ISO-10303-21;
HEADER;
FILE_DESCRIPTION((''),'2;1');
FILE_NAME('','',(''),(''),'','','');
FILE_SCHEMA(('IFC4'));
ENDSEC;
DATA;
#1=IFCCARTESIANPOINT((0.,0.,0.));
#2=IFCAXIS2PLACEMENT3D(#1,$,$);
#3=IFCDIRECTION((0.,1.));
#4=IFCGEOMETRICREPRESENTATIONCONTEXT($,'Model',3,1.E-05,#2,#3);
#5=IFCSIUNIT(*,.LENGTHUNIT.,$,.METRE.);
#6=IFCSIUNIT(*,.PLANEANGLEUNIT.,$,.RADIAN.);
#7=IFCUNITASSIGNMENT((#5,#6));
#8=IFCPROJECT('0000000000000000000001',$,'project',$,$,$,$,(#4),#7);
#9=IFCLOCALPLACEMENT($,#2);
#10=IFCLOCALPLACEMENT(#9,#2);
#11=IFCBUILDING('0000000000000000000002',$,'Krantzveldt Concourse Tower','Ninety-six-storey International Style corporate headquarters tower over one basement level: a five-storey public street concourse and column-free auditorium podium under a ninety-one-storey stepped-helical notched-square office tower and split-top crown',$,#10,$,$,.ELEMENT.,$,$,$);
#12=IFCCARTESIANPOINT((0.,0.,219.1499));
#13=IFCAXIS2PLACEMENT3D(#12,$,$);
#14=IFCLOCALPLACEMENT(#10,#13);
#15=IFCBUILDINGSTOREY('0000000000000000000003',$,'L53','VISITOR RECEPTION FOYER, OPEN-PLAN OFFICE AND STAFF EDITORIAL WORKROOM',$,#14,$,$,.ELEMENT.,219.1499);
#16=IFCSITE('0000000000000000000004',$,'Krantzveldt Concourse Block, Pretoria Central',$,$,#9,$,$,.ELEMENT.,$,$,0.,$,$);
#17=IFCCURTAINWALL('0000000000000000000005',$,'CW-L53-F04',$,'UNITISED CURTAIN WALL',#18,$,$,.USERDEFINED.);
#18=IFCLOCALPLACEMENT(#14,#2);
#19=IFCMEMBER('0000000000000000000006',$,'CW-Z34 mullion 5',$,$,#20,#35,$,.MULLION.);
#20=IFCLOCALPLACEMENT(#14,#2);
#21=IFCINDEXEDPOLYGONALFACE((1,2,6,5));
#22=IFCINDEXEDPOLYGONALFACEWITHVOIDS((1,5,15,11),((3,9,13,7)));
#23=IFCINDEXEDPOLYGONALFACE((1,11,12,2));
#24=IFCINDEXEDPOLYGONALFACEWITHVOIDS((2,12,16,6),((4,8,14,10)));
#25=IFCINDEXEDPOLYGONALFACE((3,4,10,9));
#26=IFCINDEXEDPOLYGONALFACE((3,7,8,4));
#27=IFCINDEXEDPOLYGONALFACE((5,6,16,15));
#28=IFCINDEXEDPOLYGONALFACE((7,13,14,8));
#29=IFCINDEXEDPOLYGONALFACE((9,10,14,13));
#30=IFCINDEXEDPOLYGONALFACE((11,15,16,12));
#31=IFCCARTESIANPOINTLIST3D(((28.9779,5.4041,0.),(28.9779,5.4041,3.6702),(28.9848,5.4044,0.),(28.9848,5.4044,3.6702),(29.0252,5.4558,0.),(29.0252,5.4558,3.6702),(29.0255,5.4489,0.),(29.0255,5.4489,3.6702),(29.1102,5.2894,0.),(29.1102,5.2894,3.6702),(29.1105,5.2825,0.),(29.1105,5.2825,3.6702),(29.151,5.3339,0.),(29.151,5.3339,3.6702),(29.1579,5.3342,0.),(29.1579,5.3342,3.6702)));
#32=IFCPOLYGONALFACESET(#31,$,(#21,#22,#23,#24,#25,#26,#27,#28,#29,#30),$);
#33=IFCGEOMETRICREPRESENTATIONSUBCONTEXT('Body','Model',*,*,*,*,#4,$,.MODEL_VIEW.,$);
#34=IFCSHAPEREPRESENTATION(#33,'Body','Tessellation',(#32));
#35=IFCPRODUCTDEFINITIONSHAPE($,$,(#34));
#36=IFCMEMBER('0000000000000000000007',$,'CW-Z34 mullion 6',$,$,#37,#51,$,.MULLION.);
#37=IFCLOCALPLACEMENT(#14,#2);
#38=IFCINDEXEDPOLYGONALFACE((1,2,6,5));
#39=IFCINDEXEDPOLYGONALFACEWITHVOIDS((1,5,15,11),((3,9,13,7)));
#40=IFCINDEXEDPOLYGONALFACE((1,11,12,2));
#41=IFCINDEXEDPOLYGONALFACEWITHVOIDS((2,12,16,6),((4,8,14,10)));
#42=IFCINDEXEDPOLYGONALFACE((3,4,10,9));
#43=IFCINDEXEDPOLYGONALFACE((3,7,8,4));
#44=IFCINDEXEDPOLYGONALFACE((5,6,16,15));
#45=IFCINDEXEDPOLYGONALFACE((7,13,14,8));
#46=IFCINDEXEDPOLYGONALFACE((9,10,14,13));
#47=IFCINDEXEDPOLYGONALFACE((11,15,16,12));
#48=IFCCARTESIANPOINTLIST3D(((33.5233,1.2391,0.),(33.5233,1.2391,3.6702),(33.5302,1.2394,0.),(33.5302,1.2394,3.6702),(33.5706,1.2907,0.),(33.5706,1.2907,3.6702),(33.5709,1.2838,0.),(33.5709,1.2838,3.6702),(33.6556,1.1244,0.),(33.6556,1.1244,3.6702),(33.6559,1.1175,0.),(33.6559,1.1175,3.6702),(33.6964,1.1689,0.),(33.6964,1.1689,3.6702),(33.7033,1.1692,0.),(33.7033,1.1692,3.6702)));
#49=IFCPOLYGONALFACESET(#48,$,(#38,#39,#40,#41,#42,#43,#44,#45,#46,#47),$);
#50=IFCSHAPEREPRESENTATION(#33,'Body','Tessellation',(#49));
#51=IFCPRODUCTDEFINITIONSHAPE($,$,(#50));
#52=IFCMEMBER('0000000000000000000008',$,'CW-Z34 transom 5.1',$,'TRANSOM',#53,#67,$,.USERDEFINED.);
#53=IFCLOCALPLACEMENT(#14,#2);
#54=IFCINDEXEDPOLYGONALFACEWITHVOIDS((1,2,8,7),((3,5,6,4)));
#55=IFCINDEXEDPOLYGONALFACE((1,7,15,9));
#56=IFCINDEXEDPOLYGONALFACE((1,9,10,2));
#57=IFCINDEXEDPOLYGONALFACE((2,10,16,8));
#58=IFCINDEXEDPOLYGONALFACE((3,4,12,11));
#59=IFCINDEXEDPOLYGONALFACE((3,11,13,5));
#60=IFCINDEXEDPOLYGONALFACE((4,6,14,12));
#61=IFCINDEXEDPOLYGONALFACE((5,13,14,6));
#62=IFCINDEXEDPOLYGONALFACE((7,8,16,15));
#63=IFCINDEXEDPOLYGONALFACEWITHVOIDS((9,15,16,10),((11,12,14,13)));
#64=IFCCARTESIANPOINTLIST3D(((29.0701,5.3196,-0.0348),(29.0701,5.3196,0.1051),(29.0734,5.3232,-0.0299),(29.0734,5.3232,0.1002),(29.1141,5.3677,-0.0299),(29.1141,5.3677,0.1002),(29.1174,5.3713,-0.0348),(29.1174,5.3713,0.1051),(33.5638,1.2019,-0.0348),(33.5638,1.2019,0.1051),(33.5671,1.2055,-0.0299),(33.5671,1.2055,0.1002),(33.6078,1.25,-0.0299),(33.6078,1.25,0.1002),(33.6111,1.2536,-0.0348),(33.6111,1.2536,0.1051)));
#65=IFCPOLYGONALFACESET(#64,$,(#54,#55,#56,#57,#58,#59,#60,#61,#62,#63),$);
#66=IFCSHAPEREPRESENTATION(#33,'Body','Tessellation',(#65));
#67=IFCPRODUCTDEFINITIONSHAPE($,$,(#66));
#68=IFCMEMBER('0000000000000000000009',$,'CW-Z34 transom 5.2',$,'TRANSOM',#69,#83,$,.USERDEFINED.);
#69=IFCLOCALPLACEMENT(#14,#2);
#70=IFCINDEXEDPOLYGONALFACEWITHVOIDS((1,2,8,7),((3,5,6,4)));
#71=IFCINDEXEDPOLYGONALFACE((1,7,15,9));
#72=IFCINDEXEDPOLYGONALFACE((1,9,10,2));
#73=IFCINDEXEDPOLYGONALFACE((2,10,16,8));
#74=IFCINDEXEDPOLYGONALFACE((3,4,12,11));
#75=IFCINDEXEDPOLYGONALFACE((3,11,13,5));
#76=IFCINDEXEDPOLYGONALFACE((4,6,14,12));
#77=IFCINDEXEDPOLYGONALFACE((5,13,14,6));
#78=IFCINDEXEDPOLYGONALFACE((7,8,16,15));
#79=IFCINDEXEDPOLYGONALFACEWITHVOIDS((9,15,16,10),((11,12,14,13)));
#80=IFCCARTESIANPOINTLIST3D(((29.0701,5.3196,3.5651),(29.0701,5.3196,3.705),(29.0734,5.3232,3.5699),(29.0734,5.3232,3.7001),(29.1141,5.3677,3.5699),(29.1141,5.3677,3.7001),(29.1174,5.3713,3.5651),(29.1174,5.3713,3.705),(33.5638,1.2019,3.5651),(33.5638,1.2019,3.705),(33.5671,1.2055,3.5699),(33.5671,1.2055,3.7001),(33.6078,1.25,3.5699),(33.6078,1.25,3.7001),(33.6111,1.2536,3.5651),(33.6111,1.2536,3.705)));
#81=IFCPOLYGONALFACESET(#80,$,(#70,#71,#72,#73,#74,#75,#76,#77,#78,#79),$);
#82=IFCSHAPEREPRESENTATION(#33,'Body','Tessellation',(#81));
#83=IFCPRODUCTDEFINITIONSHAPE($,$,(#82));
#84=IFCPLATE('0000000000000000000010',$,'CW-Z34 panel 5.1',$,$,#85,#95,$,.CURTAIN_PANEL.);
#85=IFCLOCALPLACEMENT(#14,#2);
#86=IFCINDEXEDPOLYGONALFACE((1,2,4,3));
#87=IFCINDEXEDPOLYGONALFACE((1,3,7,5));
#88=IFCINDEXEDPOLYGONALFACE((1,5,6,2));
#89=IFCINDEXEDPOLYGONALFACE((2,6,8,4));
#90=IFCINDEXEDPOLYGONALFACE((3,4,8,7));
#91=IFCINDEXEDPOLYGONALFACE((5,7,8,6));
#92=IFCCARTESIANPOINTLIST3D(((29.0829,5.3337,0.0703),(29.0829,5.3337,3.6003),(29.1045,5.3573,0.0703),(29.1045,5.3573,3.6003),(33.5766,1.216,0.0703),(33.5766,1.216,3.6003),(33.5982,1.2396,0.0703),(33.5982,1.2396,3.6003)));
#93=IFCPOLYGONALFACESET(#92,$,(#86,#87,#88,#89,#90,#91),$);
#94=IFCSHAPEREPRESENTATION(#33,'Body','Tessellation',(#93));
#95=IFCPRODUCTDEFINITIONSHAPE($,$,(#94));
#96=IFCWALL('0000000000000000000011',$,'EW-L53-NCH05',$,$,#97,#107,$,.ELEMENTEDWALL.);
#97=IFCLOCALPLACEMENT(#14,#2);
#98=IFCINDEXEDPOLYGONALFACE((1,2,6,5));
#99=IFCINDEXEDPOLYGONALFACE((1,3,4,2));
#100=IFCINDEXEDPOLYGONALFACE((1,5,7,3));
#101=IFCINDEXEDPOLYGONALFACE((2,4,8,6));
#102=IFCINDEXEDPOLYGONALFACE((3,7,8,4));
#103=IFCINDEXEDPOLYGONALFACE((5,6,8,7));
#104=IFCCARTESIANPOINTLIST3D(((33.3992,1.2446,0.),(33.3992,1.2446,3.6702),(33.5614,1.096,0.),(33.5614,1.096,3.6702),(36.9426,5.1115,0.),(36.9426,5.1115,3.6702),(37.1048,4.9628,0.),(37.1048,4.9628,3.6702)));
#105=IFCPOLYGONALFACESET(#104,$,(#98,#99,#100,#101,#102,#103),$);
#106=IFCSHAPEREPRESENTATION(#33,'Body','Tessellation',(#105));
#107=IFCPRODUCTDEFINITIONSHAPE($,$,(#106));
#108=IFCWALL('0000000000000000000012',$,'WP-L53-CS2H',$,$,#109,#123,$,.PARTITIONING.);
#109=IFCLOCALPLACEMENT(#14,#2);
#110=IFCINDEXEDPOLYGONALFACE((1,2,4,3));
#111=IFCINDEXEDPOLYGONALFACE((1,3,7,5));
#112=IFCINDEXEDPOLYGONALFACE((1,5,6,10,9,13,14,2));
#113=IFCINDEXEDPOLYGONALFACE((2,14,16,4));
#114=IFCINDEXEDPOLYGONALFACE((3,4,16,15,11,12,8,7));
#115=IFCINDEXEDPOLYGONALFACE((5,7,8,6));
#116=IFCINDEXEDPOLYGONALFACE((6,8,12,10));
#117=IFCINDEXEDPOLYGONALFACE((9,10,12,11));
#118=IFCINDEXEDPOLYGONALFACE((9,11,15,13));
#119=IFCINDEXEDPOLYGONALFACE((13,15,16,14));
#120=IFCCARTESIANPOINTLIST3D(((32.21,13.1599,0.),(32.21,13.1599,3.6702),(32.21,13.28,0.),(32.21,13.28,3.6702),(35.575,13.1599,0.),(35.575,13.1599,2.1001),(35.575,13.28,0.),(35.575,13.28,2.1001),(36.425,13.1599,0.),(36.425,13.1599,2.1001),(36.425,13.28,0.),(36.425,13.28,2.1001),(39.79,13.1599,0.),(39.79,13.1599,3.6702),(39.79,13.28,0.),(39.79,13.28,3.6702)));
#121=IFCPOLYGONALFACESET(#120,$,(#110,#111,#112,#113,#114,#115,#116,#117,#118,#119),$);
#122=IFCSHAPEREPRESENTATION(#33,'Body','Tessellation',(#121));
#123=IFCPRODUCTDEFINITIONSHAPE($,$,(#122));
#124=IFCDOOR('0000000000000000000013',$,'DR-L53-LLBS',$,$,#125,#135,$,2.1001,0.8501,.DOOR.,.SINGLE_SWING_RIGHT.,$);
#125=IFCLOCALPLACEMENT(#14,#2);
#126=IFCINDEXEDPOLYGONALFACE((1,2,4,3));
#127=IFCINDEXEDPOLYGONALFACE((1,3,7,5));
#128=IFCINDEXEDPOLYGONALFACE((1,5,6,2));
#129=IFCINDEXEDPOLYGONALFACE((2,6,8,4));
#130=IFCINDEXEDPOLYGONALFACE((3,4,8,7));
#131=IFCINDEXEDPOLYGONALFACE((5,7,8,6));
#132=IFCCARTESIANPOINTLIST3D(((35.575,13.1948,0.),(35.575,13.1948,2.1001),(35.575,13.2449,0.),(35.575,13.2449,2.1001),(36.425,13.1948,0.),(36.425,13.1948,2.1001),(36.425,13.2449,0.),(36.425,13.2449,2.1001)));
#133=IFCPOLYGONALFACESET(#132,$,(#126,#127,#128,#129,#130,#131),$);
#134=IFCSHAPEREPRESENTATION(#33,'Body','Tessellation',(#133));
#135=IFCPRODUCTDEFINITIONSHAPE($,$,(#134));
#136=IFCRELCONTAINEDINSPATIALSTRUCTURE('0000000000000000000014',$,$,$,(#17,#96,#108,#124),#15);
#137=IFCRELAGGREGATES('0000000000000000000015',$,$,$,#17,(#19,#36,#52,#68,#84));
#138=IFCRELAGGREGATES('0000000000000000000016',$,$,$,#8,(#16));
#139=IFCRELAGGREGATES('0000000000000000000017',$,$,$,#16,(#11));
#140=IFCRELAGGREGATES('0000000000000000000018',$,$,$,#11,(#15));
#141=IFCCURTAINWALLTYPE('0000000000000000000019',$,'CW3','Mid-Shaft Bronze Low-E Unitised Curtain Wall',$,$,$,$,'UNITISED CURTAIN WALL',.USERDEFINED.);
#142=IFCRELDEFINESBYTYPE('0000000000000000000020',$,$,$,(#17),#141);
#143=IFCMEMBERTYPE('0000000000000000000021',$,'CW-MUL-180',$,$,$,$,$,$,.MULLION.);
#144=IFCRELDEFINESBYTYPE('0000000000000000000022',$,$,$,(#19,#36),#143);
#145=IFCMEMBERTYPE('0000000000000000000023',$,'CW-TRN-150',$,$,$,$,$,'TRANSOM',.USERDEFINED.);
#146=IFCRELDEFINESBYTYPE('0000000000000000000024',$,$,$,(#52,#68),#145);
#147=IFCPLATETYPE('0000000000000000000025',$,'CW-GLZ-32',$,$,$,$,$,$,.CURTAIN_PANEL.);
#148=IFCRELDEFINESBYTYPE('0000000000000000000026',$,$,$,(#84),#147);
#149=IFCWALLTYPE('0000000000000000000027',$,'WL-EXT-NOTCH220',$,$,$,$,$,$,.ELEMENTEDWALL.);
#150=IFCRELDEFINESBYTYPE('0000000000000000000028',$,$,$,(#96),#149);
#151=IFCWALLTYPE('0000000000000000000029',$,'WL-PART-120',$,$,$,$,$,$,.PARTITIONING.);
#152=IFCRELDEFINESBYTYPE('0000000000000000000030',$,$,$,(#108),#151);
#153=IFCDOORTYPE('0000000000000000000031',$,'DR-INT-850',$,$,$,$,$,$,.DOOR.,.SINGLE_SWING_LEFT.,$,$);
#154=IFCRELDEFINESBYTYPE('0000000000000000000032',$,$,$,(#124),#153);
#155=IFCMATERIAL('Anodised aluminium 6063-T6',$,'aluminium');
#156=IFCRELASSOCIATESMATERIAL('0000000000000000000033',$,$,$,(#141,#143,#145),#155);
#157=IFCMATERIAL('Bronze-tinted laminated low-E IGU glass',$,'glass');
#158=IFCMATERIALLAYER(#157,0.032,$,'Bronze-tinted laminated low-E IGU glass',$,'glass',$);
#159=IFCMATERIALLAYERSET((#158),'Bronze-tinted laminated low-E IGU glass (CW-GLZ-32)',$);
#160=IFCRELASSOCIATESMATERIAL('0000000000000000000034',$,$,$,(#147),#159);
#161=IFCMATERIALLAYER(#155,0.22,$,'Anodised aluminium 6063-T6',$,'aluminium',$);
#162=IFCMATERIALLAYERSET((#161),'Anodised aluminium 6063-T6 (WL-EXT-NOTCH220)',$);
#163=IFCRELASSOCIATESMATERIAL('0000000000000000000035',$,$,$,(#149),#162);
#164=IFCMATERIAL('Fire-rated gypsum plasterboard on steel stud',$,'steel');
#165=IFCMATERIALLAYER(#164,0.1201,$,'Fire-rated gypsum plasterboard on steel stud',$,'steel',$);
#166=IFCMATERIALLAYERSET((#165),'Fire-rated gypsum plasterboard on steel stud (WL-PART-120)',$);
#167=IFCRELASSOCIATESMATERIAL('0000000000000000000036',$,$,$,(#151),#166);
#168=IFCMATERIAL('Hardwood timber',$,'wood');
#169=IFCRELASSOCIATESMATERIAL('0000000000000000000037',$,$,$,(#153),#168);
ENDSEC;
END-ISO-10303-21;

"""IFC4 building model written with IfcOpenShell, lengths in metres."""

from ifc_helpers import new_model, si_unit, direction, frame, frame_2d, origin, origin_2d, place, context, subcontext, project, spatial, rectangle, hollow_rectangle, extrude, source, transform, mapped, material, layer, layer_set, material_profile, profile_set, type_object, type_shapes, element, fill, aggregate, save


model = new_model("IFC4")

# Units and contexts
model_context = context("Model", 3, precision=1e-05, world=origin(), true_north=direction((0.0, 1.0)))
body_context = subcontext(model_context, "Body", "Model", "MODEL_VIEW")
ifc_project = project(units=[si_unit("LENGTHUNIT", "METRE"), si_unit("PLANEANGLEUNIT", "RADIAN")], contexts=[model_context])

# Site, building, storey
site_placement = place(None, origin())
site = spatial("IfcSite", under=ifc_project, at=site_placement, Name="Krantzveldt Concourse Block, Pretoria Central", CompositionType="ELEMENT", RefElevation=0.0)
building_placement = place(site_placement, origin())
building = spatial("IfcBuilding", under=site, at=building_placement, Name="Krantzveldt Concourse Tower", Description="Ninety-six-storey International Style corporate headquarters tower over one basement level: a five-storey public street concourse and column-free auditorium podium under a ninety-one-storey stepped-helical notched-square office tower and split-top crown", CompositionType="ELEMENT")
storey_placement = place(building_placement, frame((0.0, 0.0, 219.1499)))
storey = spatial("IfcBuildingStorey", under=building, at=storey_placement, Name="L53", Description="VISITOR RECEPTION FOYER, OPEN-PLAN OFFICE AND STAFF EDITORIAL WORKROOM", CompositionType="ELEMENT", Elevation=219.1499)

# Curtain wall, members, plate
ifc_material_1 = material(Name="Anodised aluminium 6063-T6", Category="aluminium")
curtain_wall_type = type_object("IfcCurtainWallType", Name="CW3", Description="Mid-Shaft Bronze Low-E Unitised Curtain Wall", ElementType="UNITISED CURTAIN WALL", PredefinedType="USERDEFINED", material=ifc_material_1)
curtain_wall_placement = place(storey_placement, origin())
curtain_wall = element("IfcCurtainWall", 1, at=curtain_wall_placement, inside=storey, type_object=curtain_wall_type, Name="CW-L53-F04", ObjectType="UNITISED CURTAIN WALL", PredefinedType="USERDEFINED")
ifc_material_profile_1 = material_profile(ifc_material_1, hollow_rectangle(XDim=0.0701, YDim=0.1799, WallThickness=0.0049, at=origin_2d()), Name="Anodised aluminium 6063-T6", Category="aluminium")
ifc_profile_set_1 = profile_set([ifc_material_profile_1], Name="Anodised aluminium 6063-T6 - ALU-MULL 180x70x5")
member_type_1 = type_object("IfcMemberType", Name="CW-MUL-180", PredefinedType="MULLION", material=ifc_profile_set_1)
shared_shape_1 = source(origin(), body_context, "Body", "SweptSolid", [
    extrude(hollow_rectangle(XDim=0.0701, YDim=0.1799, WallThickness=0.0049, at=origin_2d()), origin(), (0.0, 0.0, 1.0), 3.6702),
])
type_shapes(member_type_1, [shared_shape_1])
member_1_placement = place(storey_placement, frame((29.0679, 5.3691, 0.0), z_axis=(0.0, 0.0, 1.0), x_axis=(0.67559, 0.737277, 0.0)))
member_1 = element("IfcMember", 2, at=member_1_placement, type_object=member_type_1, Name="CW-Z34 mullion 5", PredefinedType="MULLION", context=body_context, shape_type="MappedRepresentation", body=[
    mapped(shared_shape_1, transform((0.0, 0.0, 0.0), x_axis=(1.0, 0.0, 0.0), y_axis=(0.0, 1.0, 0.0), z_axis=(0.0, 0.0, 1.0), scale=1.0)),
])
member_2_placement = place(storey_placement, frame((33.6133, 1.2041, 0.0), z_axis=(0.0, 0.0, 1.0), x_axis=(0.67559, 0.737277, 0.0)))
member_2 = element("IfcMember", 3, at=member_2_placement, type_object=member_type_1, Name="CW-Z34 mullion 6", PredefinedType="MULLION", context=body_context, shape_type="MappedRepresentation", body=[
    mapped(shared_shape_1, transform((0.0, 0.0, 0.0), x_axis=(1.0, 0.0, 0.0), y_axis=(0.0, 1.0, 0.0), z_axis=(0.0, 0.0, 1.0), scale=1.0)),
])
ifc_material_profile_2 = material_profile(ifc_material_1, hollow_rectangle(XDim=0.0701, YDim=0.1399, WallThickness=0.0049, at=origin_2d()), Name="Anodised aluminium 6063-T6", Category="aluminium")
ifc_profile_set_2 = profile_set([ifc_material_profile_2], Name="Anodised aluminium 6063-T6 - ALU-TRAN 140x70x5")
member_type_2 = type_object("IfcMemberType", Name="CW-TRN-150", ElementType="TRANSOM", PredefinedType="USERDEFINED", material=ifc_profile_set_2)
shared_shape_2 = source(origin(), body_context, "Body", "SweptSolid", [
    extrude(hollow_rectangle(XDim=0.0701, YDim=0.1399, WallThickness=0.0049, at=origin_2d()), origin(), (0.0, 0.0, 1.0), 6.095),
])
type_shapes(member_type_2, [shared_shape_2])
member_3_placement = place(storey_placement, frame((29.0938, 5.3455, 0.0352), z_axis=(0.737277, -0.67559, 0.0), x_axis=(0.67559, 0.737277, 0.0)))
member_3 = element("IfcMember", 4, at=member_3_placement, type_object=member_type_2, Name="CW-Z34 transom 5.1", ObjectType="TRANSOM", PredefinedType="USERDEFINED", context=body_context, shape_type="MappedRepresentation", body=[
    mapped(shared_shape_2, transform((0.0, 0.0, 0.0), x_axis=(1.0, 0.0, 0.0), y_axis=(0.0, 1.0, 0.0), z_axis=(0.0, 0.0, 1.0), scale=1.0)),
])
member_4_placement = place(storey_placement, frame((29.0938, 5.3455, 3.635), z_axis=(0.737277, -0.67559, 0.0), x_axis=(0.67559, 0.737277, 0.0)))
member_4 = element("IfcMember", 5, at=member_4_placement, type_object=member_type_2, Name="CW-Z34 transom 5.2", ObjectType="TRANSOM", PredefinedType="USERDEFINED", context=body_context, shape_type="MappedRepresentation", body=[
    mapped(shared_shape_2, transform((0.0, 0.0, 0.0), x_axis=(1.0, 0.0, 0.0), y_axis=(0.0, 1.0, 0.0), z_axis=(0.0, 0.0, 1.0), scale=1.0)),
])
ifc_material_2 = material(Name="Bronze-tinted laminated low-E IGU glass", Category="glass")
ifc_layer_1 = layer(ifc_material_2, 0.032, Name="Bronze-tinted laminated low-E IGU glass", Category="glass")
ifc_layer_set_1 = layer_set([ifc_layer_1], Name="Bronze-tinted laminated low-E IGU glass (CW-GLZ-32)")
plate_type = type_object("IfcPlateType", Name="CW-GLZ-32", PredefinedType="CURTAIN_PANEL", material=ifc_layer_set_1)
shared_shape_3 = source(origin(), body_context, "Body", "SweptSolid", [
    extrude(rectangle(XDim=6.095, YDim=0.032, at=origin_2d()), origin(), (0.0, 0.0, 1.0), 3.53),
])
type_shapes(plate_type, [shared_shape_3])
plate_placement = place(storey_placement, frame((31.3406, 3.2866, 0.0703), z_axis=(0.0, 0.0, 1.0), x_axis=(0.737277, -0.67559, 0.0)))
plate = element("IfcPlate", 6, at=plate_placement, type_object=plate_type, Name="CW-Z34 panel 5.1", PredefinedType="CURTAIN_PANEL", context=body_context, shape_type="MappedRepresentation", body=[
    mapped(shared_shape_3, transform((0.0, 0.0, 0.0), x_axis=(1.0, 0.0, 0.0), y_axis=(0.0, 1.0, 0.0), z_axis=(0.0, 0.0, 1.0), scale=1.0)),
])
aggregate(curtain_wall, [member_1, member_2, member_3, member_4, plate])

# Wall
ifc_layer_2 = layer(ifc_material_1, 0.22, Name="Anodised aluminium 6063-T6", Category="aluminium")
ifc_layer_set_2 = layer_set([ifc_layer_2], Name="Anodised aluminium 6063-T6 (WL-EXT-NOTCH220)")
wall_type_1 = type_object("IfcWallType", Name="WL-EXT-NOTCH220", PredefinedType="ELEMENTEDWALL", material=ifc_layer_set_2)
wall_1_placement = place(storey_placement, frame((33.4802, 1.1702, 0.0), z_axis=(0.0, 0.0, 1.0), x_axis=(0.675596, 0.737272, 0.0)))
element("IfcWall", 7, at=wall_1_placement, inside=storey, type_object=wall_type_1, Name="EW-L53-NCH05", PredefinedType="ELEMENTEDWALL", context=body_context, shape_type="SweptSolid", body=[
    extrude(rectangle(XDim=5.2449, YDim=0.22, at=frame_2d((2.6226, 0.0))), origin(), (0.0, 0.0, 1.0), 3.6702),
])

# Wall, opening, door
ifc_material_3 = material(Name="Fire-rated gypsum plasterboard on steel stud", Category="steel")
ifc_layer_3 = layer(ifc_material_3, 0.1201, Name="Fire-rated gypsum plasterboard on steel stud", Category="steel")
ifc_layer_set_3 = layer_set([ifc_layer_3], Name="Fire-rated gypsum plasterboard on steel stud (WL-PART-120)")
wall_type_2 = type_object("IfcWallType", Name="WL-PART-120", PredefinedType="PARTITIONING", material=ifc_layer_set_3)
wall_2_placement = place(storey_placement, frame((32.21, 13.22, 0.0), z_axis=(0.0, 0.0, 1.0), x_axis=(1.0, 0.0, 0.0)))
wall_2 = element("IfcWall", 8, at=wall_2_placement, inside=storey, type_object=wall_type_2, Name="WP-L53-CS2H", PredefinedType="PARTITIONING", context=body_context, shape_type="SweptSolid", body=[
    extrude(rectangle(XDim=7.5801, YDim=0.1201, at=frame_2d((3.79, 0.0))), origin(), (0.0, 0.0, 1.0), 3.6702),
])
opening_1_placement = place(wall_2_placement, frame((3.365, 0.0, 0.0)))
opening_1 = element("IfcOpeningElement", 9, at=opening_1_placement, cuts=wall_2, PredefinedType="OPENING", context=body_context, shape_type="SweptSolid", body=[
    extrude(rectangle(XDim=0.8501, YDim=2.1001, at=frame_2d((0.425, 1.05))), frame((0.0, 0.0701, 0.0), z_axis=(0.0, -1.0, 0.0), x_axis=(1.0, 0.0, 0.0)), (0.0, 0.0, 1.0), 0.1401),
])
ifc_material_4 = material(Name="Hardwood timber", Category="wood")
door_type_1 = type_object("IfcDoorType", Name="DR-INT-850", OperationType="SINGLE_SWING_LEFT", PredefinedType="DOOR", material=ifc_material_4)
door_1_placement = place(opening_1_placement, origin())
door_1 = element("IfcDoor", 10, at=door_1_placement, inside=storey, type_object=door_type_1, Name="DR-L53-LLBS", OperationType="SINGLE_SWING_RIGHT", OverallHeight=2.1001, OverallWidth=0.8501, PredefinedType="DOOR", context=body_context, shape_type="SweptSolid", body=[
    extrude(rectangle(XDim=0.8501, YDim=2.1001, at=frame_2d((0.425, 1.05))), frame((0.0, 0.0249, 0.0), z_axis=(0.0, -1.0, 0.0), x_axis=(1.0, 0.0, 0.0)), (0.0, 0.0, 1.0), 0.05),
])
fill(opening_1, door_1)

save(model, "model.ifc")
